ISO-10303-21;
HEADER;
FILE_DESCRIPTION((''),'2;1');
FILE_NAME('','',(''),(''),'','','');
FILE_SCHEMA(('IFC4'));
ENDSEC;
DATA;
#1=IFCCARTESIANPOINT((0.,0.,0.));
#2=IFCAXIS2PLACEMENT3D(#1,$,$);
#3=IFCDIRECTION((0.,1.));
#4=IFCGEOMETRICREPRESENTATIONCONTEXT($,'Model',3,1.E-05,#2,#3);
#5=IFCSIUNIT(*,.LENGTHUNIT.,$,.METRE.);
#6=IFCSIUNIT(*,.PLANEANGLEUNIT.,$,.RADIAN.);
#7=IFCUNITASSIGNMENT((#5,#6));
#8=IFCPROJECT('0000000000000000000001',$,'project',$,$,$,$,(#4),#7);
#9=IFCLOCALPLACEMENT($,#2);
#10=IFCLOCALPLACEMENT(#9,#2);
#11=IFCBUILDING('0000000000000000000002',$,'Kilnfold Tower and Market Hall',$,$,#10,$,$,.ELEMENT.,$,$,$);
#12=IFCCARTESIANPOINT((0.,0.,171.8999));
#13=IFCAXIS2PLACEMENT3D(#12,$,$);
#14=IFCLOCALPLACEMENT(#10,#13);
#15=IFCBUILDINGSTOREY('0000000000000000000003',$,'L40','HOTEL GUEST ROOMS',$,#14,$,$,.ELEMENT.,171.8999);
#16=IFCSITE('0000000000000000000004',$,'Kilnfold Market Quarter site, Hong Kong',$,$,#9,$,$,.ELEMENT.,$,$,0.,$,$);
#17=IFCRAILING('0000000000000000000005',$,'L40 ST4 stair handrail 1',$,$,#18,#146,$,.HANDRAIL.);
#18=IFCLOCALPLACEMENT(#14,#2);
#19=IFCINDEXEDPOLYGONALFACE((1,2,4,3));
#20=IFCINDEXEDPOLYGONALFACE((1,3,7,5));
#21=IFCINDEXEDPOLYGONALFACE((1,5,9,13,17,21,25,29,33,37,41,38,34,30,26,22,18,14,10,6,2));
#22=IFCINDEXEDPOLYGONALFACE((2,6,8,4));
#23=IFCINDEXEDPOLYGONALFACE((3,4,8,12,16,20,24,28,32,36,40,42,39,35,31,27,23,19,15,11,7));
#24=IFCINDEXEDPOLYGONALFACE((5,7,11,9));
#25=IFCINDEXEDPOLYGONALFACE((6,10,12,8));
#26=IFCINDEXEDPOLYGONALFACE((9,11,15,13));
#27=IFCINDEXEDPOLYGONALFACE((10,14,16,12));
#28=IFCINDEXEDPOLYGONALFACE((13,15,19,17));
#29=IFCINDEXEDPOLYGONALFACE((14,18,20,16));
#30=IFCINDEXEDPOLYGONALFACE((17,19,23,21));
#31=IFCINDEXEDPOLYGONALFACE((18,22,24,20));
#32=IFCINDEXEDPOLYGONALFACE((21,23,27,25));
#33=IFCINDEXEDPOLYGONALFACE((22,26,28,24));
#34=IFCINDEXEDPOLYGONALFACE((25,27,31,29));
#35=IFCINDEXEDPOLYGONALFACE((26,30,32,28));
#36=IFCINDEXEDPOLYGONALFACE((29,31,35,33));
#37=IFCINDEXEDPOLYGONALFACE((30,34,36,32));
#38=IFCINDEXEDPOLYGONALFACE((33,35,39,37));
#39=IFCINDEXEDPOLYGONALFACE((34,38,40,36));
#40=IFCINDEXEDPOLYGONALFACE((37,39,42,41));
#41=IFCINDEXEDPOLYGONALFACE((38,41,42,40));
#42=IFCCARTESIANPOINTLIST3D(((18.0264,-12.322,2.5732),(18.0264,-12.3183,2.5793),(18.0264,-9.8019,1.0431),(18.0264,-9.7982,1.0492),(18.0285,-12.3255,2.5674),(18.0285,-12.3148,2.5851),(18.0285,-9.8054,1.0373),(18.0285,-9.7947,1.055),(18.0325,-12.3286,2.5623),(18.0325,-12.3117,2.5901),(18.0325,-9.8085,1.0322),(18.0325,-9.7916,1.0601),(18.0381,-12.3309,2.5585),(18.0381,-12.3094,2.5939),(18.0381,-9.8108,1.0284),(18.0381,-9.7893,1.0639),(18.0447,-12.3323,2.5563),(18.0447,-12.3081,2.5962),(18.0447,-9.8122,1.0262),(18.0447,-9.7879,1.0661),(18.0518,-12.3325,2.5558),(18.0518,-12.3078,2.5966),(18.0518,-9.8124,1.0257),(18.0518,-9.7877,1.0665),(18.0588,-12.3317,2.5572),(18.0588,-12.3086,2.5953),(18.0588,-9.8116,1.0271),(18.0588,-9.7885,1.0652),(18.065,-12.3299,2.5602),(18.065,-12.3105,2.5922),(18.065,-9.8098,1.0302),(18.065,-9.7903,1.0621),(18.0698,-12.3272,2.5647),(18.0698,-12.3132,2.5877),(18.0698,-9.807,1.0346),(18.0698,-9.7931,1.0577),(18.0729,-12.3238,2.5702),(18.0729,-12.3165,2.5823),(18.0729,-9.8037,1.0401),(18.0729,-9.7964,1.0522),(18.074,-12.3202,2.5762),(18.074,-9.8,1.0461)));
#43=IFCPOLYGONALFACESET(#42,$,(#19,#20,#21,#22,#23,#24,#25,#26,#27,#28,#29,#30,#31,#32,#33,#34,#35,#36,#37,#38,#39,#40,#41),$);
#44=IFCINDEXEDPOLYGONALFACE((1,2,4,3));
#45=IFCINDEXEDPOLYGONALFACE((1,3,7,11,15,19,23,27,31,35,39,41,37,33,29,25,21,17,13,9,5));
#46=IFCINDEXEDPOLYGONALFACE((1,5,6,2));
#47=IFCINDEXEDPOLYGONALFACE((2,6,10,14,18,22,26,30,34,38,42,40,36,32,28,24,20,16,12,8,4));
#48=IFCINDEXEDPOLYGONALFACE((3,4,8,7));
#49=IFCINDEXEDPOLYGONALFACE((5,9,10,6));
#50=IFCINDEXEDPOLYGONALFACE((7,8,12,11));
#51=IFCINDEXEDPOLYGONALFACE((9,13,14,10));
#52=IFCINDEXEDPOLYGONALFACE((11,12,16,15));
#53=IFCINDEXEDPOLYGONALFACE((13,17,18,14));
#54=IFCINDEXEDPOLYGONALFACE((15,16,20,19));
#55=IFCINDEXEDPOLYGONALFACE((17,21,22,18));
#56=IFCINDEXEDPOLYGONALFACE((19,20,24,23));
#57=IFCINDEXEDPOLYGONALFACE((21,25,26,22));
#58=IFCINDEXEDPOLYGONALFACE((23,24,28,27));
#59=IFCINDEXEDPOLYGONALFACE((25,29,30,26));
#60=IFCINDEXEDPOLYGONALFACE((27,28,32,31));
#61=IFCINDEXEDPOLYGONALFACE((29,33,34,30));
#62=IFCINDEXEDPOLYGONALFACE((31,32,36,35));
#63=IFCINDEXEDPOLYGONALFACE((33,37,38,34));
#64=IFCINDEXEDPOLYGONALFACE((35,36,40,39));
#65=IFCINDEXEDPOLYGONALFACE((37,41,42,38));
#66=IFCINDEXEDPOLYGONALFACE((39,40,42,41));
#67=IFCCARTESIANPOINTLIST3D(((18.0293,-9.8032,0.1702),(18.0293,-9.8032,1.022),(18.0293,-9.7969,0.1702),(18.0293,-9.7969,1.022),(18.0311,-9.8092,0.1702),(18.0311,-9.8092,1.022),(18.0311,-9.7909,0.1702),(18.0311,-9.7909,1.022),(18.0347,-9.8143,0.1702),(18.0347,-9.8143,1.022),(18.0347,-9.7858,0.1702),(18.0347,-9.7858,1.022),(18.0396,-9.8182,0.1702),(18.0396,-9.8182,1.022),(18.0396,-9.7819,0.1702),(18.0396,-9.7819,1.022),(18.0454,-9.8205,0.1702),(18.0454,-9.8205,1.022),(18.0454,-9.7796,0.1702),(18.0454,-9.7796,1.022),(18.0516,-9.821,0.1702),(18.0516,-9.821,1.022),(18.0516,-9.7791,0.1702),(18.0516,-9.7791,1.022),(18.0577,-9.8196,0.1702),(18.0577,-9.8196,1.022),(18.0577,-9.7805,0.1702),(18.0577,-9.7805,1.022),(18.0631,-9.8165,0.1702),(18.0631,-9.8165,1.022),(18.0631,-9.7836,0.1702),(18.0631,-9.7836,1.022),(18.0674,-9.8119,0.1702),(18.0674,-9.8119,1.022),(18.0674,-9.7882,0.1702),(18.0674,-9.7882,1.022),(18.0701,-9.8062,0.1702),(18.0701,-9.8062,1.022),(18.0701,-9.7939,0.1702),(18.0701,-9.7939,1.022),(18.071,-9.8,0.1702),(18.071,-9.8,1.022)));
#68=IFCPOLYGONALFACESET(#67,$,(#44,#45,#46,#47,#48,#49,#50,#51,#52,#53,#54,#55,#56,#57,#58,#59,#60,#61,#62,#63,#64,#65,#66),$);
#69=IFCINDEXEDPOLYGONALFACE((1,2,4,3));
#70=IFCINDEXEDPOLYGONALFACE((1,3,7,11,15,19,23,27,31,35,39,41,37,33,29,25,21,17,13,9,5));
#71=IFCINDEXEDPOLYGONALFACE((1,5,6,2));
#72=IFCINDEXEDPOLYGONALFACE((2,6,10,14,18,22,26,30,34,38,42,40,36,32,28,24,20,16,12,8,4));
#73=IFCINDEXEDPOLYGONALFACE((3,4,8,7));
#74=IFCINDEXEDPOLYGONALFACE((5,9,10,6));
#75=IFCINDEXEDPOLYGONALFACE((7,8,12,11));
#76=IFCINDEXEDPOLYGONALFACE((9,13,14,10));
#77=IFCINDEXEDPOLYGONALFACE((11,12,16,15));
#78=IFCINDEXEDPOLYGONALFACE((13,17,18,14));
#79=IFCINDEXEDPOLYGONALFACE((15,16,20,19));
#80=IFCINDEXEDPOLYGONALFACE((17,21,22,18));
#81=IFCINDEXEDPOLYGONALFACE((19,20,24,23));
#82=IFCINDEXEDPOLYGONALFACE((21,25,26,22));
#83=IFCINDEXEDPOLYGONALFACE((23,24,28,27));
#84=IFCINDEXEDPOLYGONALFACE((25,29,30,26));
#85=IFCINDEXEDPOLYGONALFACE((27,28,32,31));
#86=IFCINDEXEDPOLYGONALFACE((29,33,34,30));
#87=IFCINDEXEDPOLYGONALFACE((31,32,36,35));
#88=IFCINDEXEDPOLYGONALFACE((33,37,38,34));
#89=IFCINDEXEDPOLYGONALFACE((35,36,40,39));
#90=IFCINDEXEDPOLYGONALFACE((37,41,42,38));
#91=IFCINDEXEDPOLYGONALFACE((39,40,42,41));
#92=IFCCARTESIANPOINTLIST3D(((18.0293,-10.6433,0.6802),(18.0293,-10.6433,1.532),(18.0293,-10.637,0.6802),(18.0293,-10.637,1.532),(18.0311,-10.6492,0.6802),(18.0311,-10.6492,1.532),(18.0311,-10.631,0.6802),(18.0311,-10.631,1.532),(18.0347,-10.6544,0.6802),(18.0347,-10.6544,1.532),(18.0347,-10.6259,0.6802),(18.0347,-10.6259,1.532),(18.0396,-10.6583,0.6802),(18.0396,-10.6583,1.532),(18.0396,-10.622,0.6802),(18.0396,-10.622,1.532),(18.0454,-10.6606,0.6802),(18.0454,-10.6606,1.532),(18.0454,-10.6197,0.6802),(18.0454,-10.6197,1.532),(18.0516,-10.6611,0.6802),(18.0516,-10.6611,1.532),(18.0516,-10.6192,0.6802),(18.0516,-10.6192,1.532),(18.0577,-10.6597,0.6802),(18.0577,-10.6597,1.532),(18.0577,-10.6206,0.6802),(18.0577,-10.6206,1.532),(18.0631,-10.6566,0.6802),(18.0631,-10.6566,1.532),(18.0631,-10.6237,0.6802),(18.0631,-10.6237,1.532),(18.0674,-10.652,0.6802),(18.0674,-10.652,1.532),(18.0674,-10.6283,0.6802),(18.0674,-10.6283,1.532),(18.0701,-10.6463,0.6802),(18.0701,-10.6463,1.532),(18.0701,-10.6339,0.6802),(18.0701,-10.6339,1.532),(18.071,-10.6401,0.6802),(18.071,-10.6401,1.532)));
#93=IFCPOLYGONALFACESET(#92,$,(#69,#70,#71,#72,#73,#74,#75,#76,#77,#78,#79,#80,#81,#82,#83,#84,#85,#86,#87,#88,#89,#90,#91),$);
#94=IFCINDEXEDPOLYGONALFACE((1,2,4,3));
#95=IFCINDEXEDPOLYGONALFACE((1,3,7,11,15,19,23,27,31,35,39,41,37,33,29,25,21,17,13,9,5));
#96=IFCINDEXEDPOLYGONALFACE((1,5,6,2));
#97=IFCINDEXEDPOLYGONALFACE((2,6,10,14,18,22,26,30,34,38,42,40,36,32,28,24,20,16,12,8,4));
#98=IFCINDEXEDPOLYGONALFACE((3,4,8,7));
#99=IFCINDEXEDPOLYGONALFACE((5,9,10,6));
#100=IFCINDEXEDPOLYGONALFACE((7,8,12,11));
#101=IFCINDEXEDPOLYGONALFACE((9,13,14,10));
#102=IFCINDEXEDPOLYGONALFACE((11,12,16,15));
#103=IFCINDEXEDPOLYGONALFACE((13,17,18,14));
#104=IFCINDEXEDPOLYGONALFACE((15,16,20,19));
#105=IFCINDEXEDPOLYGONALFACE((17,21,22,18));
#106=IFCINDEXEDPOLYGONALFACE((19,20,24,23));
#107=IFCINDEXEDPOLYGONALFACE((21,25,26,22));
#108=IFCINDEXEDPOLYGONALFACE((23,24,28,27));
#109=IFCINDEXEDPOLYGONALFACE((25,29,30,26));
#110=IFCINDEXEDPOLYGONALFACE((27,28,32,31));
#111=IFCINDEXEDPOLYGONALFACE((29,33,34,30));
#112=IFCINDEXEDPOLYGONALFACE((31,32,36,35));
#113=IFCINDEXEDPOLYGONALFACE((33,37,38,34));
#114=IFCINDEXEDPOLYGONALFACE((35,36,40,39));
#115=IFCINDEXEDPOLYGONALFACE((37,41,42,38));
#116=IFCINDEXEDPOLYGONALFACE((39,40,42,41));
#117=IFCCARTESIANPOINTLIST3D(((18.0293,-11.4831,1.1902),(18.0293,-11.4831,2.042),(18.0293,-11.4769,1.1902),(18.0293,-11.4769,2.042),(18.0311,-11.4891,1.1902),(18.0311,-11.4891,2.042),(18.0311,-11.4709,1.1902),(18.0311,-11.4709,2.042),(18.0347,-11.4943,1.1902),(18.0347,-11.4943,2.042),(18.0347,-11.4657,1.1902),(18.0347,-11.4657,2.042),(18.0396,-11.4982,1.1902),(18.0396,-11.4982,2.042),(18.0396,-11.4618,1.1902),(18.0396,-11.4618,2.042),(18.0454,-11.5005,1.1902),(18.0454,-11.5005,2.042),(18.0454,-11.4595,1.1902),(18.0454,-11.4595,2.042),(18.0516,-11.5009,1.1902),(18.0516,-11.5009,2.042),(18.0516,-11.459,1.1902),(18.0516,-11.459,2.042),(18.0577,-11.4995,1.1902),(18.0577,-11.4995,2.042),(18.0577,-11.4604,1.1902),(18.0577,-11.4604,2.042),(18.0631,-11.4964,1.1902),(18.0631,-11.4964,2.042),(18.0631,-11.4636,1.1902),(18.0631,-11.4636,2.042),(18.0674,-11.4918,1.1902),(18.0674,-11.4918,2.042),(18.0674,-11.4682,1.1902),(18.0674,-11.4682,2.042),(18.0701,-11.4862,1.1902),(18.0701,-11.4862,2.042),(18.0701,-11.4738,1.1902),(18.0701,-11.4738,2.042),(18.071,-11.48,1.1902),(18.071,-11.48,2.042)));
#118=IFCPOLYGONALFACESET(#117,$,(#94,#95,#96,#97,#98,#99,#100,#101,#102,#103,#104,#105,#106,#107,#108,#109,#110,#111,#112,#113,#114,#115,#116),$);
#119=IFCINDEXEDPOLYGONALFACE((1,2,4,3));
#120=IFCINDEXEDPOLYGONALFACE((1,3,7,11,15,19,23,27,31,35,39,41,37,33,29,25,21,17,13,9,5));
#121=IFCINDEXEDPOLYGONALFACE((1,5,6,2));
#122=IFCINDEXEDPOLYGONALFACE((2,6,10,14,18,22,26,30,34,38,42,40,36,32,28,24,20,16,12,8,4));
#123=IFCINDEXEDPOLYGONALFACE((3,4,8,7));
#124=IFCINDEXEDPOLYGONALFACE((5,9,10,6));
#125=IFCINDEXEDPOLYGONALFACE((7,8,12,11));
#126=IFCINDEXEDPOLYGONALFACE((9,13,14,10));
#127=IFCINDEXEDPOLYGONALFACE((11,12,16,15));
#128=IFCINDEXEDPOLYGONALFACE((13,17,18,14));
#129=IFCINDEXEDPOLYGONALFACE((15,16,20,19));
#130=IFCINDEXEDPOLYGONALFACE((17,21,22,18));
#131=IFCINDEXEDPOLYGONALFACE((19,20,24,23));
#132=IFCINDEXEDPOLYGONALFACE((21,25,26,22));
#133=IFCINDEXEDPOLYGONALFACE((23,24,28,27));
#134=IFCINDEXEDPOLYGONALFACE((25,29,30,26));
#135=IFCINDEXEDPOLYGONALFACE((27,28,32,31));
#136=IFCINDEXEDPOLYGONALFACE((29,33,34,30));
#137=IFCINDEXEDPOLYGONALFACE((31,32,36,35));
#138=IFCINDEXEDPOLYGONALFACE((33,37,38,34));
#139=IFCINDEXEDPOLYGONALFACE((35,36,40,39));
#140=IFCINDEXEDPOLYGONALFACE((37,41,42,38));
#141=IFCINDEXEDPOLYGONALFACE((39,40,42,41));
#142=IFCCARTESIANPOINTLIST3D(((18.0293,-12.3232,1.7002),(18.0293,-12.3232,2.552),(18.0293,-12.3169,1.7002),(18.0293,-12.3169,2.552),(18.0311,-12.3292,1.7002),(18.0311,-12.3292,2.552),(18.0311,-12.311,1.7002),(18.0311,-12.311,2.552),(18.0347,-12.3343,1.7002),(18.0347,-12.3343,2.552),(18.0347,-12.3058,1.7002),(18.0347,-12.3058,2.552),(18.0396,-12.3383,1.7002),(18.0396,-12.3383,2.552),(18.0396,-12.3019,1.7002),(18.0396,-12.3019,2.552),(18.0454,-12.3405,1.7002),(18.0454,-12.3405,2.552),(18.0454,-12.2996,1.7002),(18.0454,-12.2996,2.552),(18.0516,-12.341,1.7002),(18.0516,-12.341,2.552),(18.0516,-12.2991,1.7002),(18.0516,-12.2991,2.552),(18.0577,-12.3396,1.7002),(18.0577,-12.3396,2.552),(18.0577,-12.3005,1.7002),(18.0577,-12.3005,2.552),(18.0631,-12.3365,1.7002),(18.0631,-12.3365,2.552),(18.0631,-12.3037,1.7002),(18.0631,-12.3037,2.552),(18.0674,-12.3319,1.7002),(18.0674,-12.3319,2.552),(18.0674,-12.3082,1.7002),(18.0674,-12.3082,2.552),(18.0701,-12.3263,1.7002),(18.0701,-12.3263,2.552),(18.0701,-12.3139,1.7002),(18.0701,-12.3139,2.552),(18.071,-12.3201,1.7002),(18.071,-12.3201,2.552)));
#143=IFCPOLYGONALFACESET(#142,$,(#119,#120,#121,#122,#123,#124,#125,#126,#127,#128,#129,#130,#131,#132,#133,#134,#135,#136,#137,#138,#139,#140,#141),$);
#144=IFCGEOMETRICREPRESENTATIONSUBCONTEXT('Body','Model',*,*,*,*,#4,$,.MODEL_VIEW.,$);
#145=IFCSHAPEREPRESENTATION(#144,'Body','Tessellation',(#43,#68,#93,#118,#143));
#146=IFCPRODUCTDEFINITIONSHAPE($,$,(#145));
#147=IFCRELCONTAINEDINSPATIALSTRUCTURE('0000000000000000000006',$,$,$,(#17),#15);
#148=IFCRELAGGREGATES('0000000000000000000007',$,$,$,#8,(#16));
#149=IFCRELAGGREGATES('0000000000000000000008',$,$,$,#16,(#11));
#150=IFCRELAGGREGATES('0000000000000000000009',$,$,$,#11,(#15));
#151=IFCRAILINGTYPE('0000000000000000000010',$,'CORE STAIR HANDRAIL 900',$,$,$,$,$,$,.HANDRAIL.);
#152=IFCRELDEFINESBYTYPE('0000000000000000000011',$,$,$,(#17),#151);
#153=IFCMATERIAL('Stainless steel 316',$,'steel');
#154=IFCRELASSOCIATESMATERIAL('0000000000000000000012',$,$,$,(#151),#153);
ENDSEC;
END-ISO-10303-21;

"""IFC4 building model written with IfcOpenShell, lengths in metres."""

from ifc_helpers import new_model, si_unit, direction, frame, origin, origin_2d, place, context, subcontext, project, spatial, circle, extrude, material, type_object, element, save


model = new_model("IFC4")

# Units and contexts
model_context = context("Model", 3, precision=1e-05, world=origin(), true_north=direction((0.0, 1.0)))
body_context = subcontext(model_context, "Body", "Model", "MODEL_VIEW")
ifc_project = project(units=[si_unit("LENGTHUNIT", "METRE"), si_unit("PLANEANGLEUNIT", "RADIAN")], contexts=[model_context])

# Site, building, storey
site_placement = place(None, origin())
site = spatial("IfcSite", under=ifc_project, at=site_placement, Name="Kilnfold Market Quarter site, Hong Kong", CompositionType="ELEMENT", RefElevation=0.0)
building_placement = place(site_placement, origin())
building = spatial("IfcBuilding", under=site, at=building_placement, Name="Kilnfold Tower and Market Hall", CompositionType="ELEMENT")
storey_placement = place(building_placement, frame((0.0, 0.0, 171.8999)))
storey = spatial("IfcBuildingStorey", under=building, at=storey_placement, Name="L40", Description="HOTEL GUEST ROOMS", CompositionType="ELEMENT", Elevation=171.8999)

# Railing
ifc_material_1 = material(Name="Stainless steel 316", Category="steel")
railing_type_1 = type_object("IfcRailingType", Name="CORE STAIR HANDRAIL 900", PredefinedType="HANDRAIL", material=ifc_material_1)
railing_1_placement = place(storey_placement, frame((18.05, -9.8, 0.1702)))
element("IfcRailing", 1, at=railing_1_placement, inside=storey, type_object=railing_type_1, Name="L40 ST4 stair handrail 1", PredefinedType="HANDRAIL", context=body_context, shape_type="SweptSolid", body=[
    extrude(circle(Radius=0.0239, at=origin_2d()), frame((0.0, 0.0, 0.876), z_axis=(0.0, -0.854785, 0.518982), x_axis=(1.0, 0.0, 0.0)), (0.0, 0.0, 1.0), 2.9482),
    extrude(circle(Radius=0.021, at=origin_2d()), origin(), (0.0, 0.0, 1.0), 0.8518),
    extrude(circle(Radius=0.021, at=origin_2d()), frame((0.0, -0.8401, 0.51)), (0.0, 0.0, 1.0), 0.8518),
    extrude(circle(Radius=0.021, at=origin_2d()), frame((0.0, -1.6799, 1.02)), (0.0, 0.0, 1.0), 0.8518),
    extrude(circle(Radius=0.021, at=origin_2d()), frame((0.0, -2.52, 1.53)), (0.0, 0.0, 1.0), 0.8518),
])

save(model, "model.ifc")
